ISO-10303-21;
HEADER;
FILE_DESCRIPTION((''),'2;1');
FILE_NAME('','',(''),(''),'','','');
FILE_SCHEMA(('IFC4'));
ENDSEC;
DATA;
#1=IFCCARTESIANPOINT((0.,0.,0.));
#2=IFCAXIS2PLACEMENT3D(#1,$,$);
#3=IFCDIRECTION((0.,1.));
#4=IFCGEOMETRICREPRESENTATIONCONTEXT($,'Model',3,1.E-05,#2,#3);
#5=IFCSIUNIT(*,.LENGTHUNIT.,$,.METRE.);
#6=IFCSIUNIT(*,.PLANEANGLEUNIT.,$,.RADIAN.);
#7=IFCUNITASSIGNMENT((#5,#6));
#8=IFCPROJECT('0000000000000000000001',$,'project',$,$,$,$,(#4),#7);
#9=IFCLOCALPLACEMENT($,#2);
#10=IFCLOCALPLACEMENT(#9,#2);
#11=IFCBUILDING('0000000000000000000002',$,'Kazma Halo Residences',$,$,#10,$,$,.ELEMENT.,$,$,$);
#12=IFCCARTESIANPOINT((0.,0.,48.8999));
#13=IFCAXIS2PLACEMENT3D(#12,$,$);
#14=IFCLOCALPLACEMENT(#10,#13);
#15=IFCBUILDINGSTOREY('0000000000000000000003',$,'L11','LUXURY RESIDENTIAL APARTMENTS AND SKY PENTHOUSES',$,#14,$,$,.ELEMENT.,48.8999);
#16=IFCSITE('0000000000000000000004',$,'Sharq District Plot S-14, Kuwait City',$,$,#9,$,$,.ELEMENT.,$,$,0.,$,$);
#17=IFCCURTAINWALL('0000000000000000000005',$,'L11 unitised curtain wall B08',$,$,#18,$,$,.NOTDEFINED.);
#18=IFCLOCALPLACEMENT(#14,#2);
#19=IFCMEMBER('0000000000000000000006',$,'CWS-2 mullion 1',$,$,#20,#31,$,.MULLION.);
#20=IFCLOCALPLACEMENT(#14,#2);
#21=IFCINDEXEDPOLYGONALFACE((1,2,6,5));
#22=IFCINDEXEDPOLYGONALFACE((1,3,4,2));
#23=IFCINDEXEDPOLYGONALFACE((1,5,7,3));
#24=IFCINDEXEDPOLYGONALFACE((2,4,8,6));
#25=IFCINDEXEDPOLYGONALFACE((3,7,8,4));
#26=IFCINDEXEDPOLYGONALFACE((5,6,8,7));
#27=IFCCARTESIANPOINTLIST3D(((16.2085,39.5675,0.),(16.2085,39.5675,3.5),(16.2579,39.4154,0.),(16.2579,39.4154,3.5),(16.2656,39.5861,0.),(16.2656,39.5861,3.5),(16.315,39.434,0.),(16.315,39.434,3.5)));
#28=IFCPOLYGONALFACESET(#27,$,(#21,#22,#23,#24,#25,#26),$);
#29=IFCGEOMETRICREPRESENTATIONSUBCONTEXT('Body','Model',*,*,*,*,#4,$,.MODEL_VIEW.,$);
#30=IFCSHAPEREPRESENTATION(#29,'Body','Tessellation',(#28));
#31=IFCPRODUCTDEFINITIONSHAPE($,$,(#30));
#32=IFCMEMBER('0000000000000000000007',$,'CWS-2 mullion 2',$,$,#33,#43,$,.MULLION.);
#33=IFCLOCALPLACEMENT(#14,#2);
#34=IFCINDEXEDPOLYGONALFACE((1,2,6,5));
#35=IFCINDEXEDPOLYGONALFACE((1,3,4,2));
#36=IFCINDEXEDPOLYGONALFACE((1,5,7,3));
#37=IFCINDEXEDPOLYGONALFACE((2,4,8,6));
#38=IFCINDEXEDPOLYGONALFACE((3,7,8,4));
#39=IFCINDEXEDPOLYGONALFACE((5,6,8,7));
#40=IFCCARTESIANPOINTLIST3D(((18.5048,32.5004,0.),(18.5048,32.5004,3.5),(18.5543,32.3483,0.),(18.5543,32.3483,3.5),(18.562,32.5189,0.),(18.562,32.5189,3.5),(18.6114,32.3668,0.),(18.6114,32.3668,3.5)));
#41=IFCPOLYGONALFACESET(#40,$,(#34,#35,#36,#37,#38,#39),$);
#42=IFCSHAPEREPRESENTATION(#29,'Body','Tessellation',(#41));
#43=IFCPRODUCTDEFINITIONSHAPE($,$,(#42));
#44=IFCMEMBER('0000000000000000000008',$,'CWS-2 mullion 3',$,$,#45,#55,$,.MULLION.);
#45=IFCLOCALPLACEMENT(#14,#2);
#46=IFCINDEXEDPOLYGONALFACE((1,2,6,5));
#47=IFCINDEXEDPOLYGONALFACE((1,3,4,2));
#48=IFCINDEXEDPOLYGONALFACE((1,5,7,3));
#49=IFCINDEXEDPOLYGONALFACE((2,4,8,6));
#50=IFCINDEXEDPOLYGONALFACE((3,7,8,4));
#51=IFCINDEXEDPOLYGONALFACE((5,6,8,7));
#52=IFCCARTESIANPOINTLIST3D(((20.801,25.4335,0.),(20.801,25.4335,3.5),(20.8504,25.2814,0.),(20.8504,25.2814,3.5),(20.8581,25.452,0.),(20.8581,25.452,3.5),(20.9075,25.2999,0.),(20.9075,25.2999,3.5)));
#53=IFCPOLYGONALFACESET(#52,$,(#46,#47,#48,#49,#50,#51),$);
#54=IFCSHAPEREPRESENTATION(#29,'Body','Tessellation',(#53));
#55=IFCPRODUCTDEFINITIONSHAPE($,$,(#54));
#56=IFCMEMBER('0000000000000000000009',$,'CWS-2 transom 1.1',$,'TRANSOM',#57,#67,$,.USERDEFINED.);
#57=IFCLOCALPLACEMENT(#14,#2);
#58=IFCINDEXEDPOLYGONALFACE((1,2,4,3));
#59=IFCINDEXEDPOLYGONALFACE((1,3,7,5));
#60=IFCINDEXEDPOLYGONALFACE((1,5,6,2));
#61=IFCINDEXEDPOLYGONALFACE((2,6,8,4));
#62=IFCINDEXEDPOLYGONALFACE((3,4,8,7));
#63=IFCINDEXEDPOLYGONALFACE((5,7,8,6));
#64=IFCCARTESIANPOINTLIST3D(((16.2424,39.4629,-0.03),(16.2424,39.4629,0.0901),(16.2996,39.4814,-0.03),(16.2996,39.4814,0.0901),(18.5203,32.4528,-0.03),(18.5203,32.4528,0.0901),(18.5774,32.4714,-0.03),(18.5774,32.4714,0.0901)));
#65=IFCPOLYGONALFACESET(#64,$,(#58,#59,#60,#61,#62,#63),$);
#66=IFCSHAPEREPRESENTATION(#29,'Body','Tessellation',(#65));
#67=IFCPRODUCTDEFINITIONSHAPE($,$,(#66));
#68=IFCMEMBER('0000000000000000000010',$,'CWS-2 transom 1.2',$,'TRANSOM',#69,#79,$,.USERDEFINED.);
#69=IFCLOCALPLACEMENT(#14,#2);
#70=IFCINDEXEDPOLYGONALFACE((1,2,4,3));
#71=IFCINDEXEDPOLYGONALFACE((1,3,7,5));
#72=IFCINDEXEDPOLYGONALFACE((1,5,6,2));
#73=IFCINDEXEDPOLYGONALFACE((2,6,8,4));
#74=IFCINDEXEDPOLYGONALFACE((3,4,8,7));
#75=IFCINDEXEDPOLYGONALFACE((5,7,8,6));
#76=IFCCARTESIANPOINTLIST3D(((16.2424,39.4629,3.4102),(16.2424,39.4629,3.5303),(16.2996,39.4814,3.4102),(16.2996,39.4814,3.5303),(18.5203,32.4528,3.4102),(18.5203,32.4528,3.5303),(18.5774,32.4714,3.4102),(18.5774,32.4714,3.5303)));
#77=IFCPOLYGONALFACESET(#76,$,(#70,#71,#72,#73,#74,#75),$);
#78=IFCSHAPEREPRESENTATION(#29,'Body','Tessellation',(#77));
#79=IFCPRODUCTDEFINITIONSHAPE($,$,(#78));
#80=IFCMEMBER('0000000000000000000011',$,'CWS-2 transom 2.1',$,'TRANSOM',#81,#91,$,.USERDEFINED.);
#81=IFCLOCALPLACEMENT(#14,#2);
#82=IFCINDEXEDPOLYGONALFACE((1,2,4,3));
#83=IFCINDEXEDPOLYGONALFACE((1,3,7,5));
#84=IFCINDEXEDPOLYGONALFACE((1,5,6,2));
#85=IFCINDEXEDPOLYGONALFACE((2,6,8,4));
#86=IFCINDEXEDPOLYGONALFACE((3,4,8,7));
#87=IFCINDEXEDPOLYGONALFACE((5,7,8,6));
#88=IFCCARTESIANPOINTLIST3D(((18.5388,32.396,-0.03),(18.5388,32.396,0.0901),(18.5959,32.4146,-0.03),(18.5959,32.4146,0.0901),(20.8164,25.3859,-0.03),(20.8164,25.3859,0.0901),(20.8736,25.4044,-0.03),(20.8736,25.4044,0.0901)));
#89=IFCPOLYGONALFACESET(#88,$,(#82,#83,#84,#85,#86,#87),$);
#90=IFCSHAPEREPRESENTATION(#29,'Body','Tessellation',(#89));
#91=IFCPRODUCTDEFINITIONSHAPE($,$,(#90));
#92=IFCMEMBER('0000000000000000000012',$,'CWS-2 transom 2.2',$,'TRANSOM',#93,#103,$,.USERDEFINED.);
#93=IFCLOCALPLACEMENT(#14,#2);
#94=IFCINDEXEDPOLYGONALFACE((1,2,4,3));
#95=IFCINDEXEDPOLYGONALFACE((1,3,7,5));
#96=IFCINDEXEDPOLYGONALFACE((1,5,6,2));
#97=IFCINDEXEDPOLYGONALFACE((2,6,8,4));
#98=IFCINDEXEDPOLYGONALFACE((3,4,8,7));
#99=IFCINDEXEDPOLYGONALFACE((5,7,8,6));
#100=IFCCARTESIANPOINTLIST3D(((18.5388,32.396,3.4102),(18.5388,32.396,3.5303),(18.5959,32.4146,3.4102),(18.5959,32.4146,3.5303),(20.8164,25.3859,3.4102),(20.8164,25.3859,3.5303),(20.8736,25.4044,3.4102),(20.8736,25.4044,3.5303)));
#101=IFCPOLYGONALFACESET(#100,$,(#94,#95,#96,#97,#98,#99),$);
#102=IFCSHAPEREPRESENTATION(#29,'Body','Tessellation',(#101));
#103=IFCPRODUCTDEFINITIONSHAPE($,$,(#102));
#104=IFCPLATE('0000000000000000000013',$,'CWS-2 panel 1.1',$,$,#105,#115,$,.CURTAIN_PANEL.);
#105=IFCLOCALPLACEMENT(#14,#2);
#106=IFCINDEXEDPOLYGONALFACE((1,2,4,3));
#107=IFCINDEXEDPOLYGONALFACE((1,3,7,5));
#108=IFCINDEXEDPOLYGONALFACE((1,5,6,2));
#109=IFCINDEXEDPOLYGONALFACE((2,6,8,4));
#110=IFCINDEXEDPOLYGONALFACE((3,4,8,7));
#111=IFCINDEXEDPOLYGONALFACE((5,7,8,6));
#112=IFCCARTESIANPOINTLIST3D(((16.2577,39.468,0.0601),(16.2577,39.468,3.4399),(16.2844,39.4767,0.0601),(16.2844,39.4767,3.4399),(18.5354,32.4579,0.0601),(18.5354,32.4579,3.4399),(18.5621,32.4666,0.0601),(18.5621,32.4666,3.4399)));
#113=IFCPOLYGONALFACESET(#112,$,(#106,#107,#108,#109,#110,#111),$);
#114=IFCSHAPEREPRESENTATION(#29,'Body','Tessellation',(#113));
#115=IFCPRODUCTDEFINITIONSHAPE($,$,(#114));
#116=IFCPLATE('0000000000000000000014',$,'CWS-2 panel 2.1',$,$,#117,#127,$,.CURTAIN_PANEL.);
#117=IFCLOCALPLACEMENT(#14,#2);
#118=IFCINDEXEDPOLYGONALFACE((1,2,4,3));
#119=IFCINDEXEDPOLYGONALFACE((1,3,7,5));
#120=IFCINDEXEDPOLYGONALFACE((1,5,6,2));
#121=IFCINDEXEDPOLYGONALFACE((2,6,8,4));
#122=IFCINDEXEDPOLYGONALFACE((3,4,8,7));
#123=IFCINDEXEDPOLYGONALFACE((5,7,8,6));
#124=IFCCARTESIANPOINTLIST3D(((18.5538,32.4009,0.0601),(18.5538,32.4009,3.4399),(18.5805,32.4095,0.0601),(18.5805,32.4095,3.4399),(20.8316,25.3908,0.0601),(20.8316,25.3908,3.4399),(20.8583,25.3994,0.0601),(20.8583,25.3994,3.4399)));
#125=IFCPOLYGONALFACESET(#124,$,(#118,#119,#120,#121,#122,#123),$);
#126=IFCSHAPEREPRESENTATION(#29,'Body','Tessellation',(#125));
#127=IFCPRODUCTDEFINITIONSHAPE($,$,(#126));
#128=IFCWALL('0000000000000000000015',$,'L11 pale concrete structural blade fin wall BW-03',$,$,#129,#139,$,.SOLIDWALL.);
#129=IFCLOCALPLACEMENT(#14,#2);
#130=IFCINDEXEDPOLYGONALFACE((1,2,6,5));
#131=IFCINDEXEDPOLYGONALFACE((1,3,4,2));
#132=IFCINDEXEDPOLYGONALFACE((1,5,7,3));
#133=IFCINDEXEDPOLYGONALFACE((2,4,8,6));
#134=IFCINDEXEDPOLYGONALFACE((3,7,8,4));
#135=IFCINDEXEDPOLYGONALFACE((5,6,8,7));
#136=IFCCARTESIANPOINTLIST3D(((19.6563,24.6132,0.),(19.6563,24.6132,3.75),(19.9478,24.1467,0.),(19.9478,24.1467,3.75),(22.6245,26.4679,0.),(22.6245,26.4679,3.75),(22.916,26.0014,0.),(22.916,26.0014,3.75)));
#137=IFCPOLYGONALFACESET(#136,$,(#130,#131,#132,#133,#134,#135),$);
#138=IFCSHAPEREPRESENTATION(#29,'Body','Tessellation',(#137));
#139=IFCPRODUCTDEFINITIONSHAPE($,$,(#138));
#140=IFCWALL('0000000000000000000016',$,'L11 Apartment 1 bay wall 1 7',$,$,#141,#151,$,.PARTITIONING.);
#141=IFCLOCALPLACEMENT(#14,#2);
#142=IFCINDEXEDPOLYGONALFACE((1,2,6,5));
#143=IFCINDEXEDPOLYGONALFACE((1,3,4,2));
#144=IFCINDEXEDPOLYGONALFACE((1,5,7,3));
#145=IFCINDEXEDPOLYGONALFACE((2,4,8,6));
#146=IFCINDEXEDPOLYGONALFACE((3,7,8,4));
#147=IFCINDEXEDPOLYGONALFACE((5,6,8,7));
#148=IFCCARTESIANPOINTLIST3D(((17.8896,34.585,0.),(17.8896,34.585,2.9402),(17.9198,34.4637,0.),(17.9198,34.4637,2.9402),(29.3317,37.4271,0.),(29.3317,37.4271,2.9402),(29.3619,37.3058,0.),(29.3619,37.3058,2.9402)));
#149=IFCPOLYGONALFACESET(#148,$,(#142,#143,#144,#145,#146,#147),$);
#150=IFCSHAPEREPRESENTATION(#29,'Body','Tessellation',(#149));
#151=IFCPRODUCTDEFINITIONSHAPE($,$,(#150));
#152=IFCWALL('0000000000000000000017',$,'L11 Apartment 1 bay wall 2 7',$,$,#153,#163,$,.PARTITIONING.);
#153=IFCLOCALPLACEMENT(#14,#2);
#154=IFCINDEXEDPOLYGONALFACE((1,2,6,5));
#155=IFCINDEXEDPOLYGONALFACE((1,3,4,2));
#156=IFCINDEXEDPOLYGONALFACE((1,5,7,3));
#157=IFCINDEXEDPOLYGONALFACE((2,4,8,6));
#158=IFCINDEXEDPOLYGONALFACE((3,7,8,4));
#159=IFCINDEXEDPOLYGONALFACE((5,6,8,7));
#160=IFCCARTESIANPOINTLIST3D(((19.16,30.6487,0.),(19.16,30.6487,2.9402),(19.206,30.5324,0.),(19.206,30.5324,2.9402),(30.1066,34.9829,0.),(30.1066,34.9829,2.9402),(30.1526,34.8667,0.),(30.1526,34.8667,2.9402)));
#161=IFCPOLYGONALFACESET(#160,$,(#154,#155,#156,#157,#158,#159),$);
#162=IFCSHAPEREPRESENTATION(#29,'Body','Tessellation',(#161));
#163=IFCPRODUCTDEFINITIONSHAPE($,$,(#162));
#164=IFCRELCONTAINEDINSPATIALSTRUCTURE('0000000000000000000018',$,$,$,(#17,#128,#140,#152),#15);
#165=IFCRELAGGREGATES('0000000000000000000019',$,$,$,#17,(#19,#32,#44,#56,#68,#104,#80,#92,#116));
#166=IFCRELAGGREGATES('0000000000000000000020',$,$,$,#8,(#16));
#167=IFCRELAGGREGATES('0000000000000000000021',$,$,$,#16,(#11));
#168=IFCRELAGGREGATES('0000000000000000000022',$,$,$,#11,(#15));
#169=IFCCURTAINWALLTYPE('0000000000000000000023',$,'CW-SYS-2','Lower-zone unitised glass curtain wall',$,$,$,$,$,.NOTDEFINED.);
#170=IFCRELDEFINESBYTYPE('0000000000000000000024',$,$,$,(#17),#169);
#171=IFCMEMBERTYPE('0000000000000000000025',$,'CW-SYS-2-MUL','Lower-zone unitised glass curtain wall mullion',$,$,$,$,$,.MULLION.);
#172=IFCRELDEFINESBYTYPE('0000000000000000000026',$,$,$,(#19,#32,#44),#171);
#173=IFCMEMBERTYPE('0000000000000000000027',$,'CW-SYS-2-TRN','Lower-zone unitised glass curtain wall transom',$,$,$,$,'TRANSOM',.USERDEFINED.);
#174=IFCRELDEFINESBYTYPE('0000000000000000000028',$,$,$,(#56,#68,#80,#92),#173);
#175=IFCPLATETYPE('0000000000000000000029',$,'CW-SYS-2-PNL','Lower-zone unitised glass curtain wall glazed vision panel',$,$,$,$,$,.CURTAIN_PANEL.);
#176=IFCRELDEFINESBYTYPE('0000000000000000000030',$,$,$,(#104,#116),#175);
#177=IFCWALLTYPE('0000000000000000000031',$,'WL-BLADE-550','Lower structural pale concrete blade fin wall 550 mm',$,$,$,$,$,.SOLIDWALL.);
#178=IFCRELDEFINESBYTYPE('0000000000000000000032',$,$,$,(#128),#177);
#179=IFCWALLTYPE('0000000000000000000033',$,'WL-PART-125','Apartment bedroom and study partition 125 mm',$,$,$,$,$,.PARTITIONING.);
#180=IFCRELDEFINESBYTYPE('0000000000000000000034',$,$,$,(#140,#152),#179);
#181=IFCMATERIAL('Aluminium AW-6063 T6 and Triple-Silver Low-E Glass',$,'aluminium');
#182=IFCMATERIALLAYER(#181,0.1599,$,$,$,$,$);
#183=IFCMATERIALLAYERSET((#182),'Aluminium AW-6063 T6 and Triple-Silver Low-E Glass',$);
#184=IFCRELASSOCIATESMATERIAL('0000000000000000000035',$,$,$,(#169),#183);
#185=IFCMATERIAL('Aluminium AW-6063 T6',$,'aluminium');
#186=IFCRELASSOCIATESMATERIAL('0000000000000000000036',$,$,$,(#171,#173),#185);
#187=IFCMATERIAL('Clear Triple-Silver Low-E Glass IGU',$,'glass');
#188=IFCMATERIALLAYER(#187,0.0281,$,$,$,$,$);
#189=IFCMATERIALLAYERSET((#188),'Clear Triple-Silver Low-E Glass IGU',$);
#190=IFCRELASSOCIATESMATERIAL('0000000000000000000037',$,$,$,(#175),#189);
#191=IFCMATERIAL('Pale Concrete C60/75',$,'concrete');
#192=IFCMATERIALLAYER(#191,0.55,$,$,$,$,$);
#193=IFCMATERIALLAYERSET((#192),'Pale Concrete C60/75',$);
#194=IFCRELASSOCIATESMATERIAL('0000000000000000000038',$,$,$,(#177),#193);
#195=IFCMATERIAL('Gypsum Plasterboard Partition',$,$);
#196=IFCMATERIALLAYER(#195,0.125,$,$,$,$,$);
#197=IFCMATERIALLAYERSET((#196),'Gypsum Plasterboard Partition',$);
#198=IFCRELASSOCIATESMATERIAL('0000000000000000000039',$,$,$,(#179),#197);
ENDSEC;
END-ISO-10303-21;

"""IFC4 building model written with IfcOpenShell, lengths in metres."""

from ifc_helpers import new_model, si_unit, direction, frame, frame_2d, origin, origin_2d, place, context, subcontext, project, spatial, rectangle, extrude, material, layer, layer_set, material_profile, profile_set, type_object, element, aggregate, save


model = new_model("IFC4")

# Units and contexts
model_context = context("Model", 3, precision=1e-05, world=origin(), true_north=direction((0.0, 1.0)))
body_context = subcontext(model_context, "Body", "Model", "MODEL_VIEW")
ifc_project = project(units=[si_unit("LENGTHUNIT", "METRE"), si_unit("PLANEANGLEUNIT", "RADIAN")], contexts=[model_context])

# Site, building, storey
site_placement = place(None, origin())
site = spatial("IfcSite", under=ifc_project, at=site_placement, Name="Sharq District Plot S-14, Kuwait City", CompositionType="ELEMENT", RefElevation=0.0)
building_placement = place(site_placement, origin())
building = spatial("IfcBuilding", under=site, at=building_placement, Name="Kazma Halo Residences", CompositionType="ELEMENT")
storey_placement = place(building_placement, frame((0.0, 0.0, 48.8999)))
storey = spatial("IfcBuildingStorey", under=building, at=storey_placement, Name="L11", Description="LUXURY RESIDENTIAL APARTMENTS AND SKY PENTHOUSES", CompositionType="ELEMENT", Elevation=48.8999)

# Curtain wall, members, plates
ifc_material_1 = material(Name="Aluminium AW-6063 T6 and Triple-Silver Low-E Glass", Category="aluminium")
ifc_layer_1 = layer(ifc_material_1, 0.1599)
ifc_layer_set_1 = layer_set([ifc_layer_1], Name="Aluminium AW-6063 T6 and Triple-Silver Low-E Glass")
curtain_wall_type = type_object("IfcCurtainWallType", Name="CW-SYS-2", Description="Lower-zone unitised glass curtain wall", PredefinedType="NOTDEFINED", material=ifc_layer_set_1)
curtain_wall_placement = place(storey_placement, origin())
curtain_wall = element("IfcCurtainWall", 1, at=curtain_wall_placement, inside=storey, type_object=curtain_wall_type, Name="L11 unitised curtain wall B08", PredefinedType="NOTDEFINED")
ifc_material_2 = material(Name="Aluminium AW-6063 T6", Category="aluminium")
ifc_material_profile_1 = material_profile(ifc_material_2, rectangle(XDim=0.0601, YDim=0.1599, at=origin_2d()), Name="CWM-60x160")
ifc_profile_set_1 = profile_set([ifc_material_profile_1], Name="Aluminium AW-6063 T6")
member_type_1 = type_object("IfcMemberType", Name="CW-SYS-2-MUL", Description="Lower-zone unitised glass curtain wall mullion", PredefinedType="MULLION", material=ifc_profile_set_1)
member_1_placement = place(storey_placement, frame((16.2617, 39.5007, 0.0), z_axis=(0.0, 0.0, 1.0), x_axis=(0.951057, 0.309017, 0.0)))
member_1 = element("IfcMember", 2, at=member_1_placement, type_object=member_type_1, Name="CWS-2 mullion 1", PredefinedType="MULLION", context=body_context, shape_type="SweptSolid", body=[
    extrude(rectangle(XDim=0.0601, YDim=0.1599, at=origin_2d()), origin(), (0.0, 0.0, 1.0), 3.5),
])
member_2_placement = place(storey_placement, frame((18.5581, 32.4336, 0.0), z_axis=(0.0, 0.0, 1.0), x_axis=(0.951057, 0.309017, 0.0)))
member_2 = element("IfcMember", 3, at=member_2_placement, type_object=member_type_1, Name="CWS-2 mullion 2", PredefinedType="MULLION", context=body_context, shape_type="SweptSolid", body=[
    extrude(rectangle(XDim=0.0601, YDim=0.1599, at=origin_2d()), origin(), (0.0, 0.0, 1.0), 3.5),
])
member_3_placement = place(storey_placement, frame((20.8542, 25.3667, 0.0), z_axis=(0.0, 0.0, 1.0), x_axis=(0.951057, 0.309017, 0.0)))
member_3 = element("IfcMember", 4, at=member_3_placement, type_object=member_type_1, Name="CWS-2 mullion 3", PredefinedType="MULLION", context=body_context, shape_type="SweptSolid", body=[
    extrude(rectangle(XDim=0.0601, YDim=0.1599, at=origin_2d()), origin(), (0.0, 0.0, 1.0), 3.5),
])
ifc_material_profile_2 = material_profile(ifc_material_2, rectangle(XDim=0.0601, YDim=0.1201, at=origin_2d()), Name="CWT-60x120")
ifc_profile_set_2 = profile_set([ifc_material_profile_2], Name="Aluminium AW-6063 T6")
member_type_2 = type_object("IfcMemberType", Name="CW-SYS-2-TRN", Description="Lower-zone unitised glass curtain wall transom", ElementType="TRANSOM", PredefinedType="USERDEFINED", material=ifc_profile_set_2)
member_4_placement = place(storey_placement, frame((16.271, 39.4722, 0.03), z_axis=(0.309034, -0.951051, 0.0), x_axis=(0.951051, 0.309034, 0.0)))
member_4 = element("IfcMember", 5, at=member_4_placement, type_object=member_type_2, Name="CWS-2 transom 1.1", ObjectType="TRANSOM", PredefinedType="USERDEFINED", context=body_context, shape_type="SweptSolid", body=[
    extrude(rectangle(XDim=0.0601, YDim=0.1201, at=origin_2d()), origin(), (0.0, 0.0, 1.0), 7.3708),
])
member_5_placement = place(storey_placement, frame((16.271, 39.4722, 3.4702), z_axis=(0.309034, -0.951051, 0.0), x_axis=(0.951051, 0.309034, 0.0)))
member_5 = element("IfcMember", 6, at=member_5_placement, type_object=member_type_2, Name="CWS-2 transom 1.2", ObjectType="TRANSOM", PredefinedType="USERDEFINED", context=body_context, shape_type="SweptSolid", body=[
    extrude(rectangle(XDim=0.0601, YDim=0.1201, at=origin_2d()), origin(), (0.0, 0.0, 1.0), 7.3708),
])
member_6_placement = place(storey_placement, frame((18.5674, 32.4053, 0.03), z_axis=(0.309004, -0.951061, 0.0), x_axis=(0.951061, 0.309004, 0.0)))
member_6 = element("IfcMember", 7, at=member_6_placement, type_object=member_type_2, Name="CWS-2 transom 2.1", ObjectType="TRANSOM", PredefinedType="USERDEFINED", context=body_context, shape_type="SweptSolid", body=[
    extrude(rectangle(XDim=0.0601, YDim=0.1201, at=origin_2d()), origin(), (0.0, 0.0, 1.0), 7.3708),
])
member_7_placement = place(storey_placement, frame((18.5674, 32.4053, 3.4702), z_axis=(0.309004, -0.951061, 0.0), x_axis=(0.951061, 0.309004, 0.0)))
member_7 = element("IfcMember", 8, at=member_7_placement, type_object=member_type_2, Name="CWS-2 transom 2.2", ObjectType="TRANSOM", PredefinedType="USERDEFINED", context=body_context, shape_type="SweptSolid", body=[
    extrude(rectangle(XDim=0.0601, YDim=0.1201, at=origin_2d()), origin(), (0.0, 0.0, 1.0), 7.3708),
])
ifc_material_3 = material(Name="Clear Triple-Silver Low-E Glass IGU", Category="glass")
ifc_layer_2 = layer(ifc_material_3, 0.0281)
ifc_layer_set_2 = layer_set([ifc_layer_2], Name="Clear Triple-Silver Low-E Glass IGU")
plate_type = type_object("IfcPlateType", Name="CW-SYS-2-PNL", Description="Lower-zone unitised glass curtain wall glazed vision panel", PredefinedType="CURTAIN_PANEL", material=ifc_layer_set_2)
plate_1_placement = place(storey_placement, frame((17.4099, 35.9673, 0.0601), z_axis=(0.0, 0.0, 1.0), x_axis=(0.309017, -0.951057, 0.0)))
plate_1 = element("IfcPlate", 9, at=plate_1_placement, type_object=plate_type, Name="CWS-2 panel 1.1", PredefinedType="CURTAIN_PANEL", context=body_context, shape_type="SweptSolid", body=[
    extrude(rectangle(XDim=7.3708, YDim=0.0281, at=origin_2d()), origin(), (0.0, 0.0, 1.0), 3.3799),
])
plate_2_placement = place(storey_placement, frame((19.7061, 28.9001, 0.0601), z_axis=(0.0, 0.0, 1.0), x_axis=(0.309017, -0.951057, 0.0)))
plate_2 = element("IfcPlate", 10, at=plate_2_placement, type_object=plate_type, Name="CWS-2 panel 2.1", PredefinedType="CURTAIN_PANEL", context=body_context, shape_type="SweptSolid", body=[
    extrude(rectangle(XDim=7.3708, YDim=0.0281, at=origin_2d()), origin(), (0.0, 0.0, 1.0), 3.3799),
])
aggregate(curtain_wall, [member_1, member_2, member_3, member_4, member_5, plate_1, member_6, member_7, plate_2])

# Walls
ifc_material_4 = material(Name="Pale Concrete C60/75", Category="concrete")
ifc_layer_3 = layer(ifc_material_4, 0.55)
ifc_layer_set_3 = layer_set([ifc_layer_3], Name="Pale Concrete C60/75")
wall_type_1 = type_object("IfcWallType", Name="WL-BLADE-550", Description="Lower structural pale concrete blade fin wall 550 mm", PredefinedType="SOLIDWALL", material=ifc_layer_set_3)
wall_1_placement = place(storey_placement, frame((22.7703, 26.2346, 0.0), z_axis=(0.0, 0.0, 1.0), x_axis=(-0.848053, -0.529911, 0.0)))
element("IfcWall", 11, at=wall_1_placement, inside=storey, type_object=wall_type_1, Name="L11 pale concrete structural blade fin wall BW-03", PredefinedType="SOLIDWALL", context=body_context, shape_type="SweptSolid", body=[
    extrude(rectangle(XDim=3.5, YDim=0.55, at=frame_2d((1.75, 0.0))), origin(), (0.0, 0.0, 1.0), 3.75),
])
ifc_material_5 = material(Name="Gypsum Plasterboard Partition")
ifc_layer_4 = layer(ifc_material_5, 0.125)
ifc_layer_set_4 = layer_set([ifc_layer_4], Name="Gypsum Plasterboard Partition")
wall_type_2 = type_object("IfcWallType", Name="WL-PART-125", Description="Apartment bedroom and study partition 125 mm", PredefinedType="PARTITIONING", material=ifc_layer_set_4)
wall_2_placement = place(storey_placement, frame((29.3469, 37.3665, 0.0), z_axis=(0.0, 0.0, 1.0), x_axis=(-0.97051, -0.241059, 0.0)))
element("IfcWall", 12, at=wall_2_placement, inside=storey, type_object=wall_type_2, Name="L11 Apartment 1 bay wall 1 7", PredefinedType="PARTITIONING", context=body_context, shape_type="SweptSolid", body=[
    extrude(rectangle(XDim=11.7898, YDim=0.125, at=frame_2d((5.895, 0.0))), origin(), (0.0, 0.0, 1.0), 2.9402),
])
wall_3_placement = place(storey_placement, frame((30.1296, 34.9248, 0.0), z_axis=(0.0, 0.0, 1.0), x_axis=(-0.929771, -0.368138, 0.0)))
element("IfcWall", 13, at=wall_3_placement, inside=storey, type_object=wall_type_2, Name="L11 Apartment 1 bay wall 2 7", PredefinedType="PARTITIONING", context=body_context, shape_type="SweptSolid", body=[
    extrude(rectangle(XDim=11.7734, YDim=0.125, at=frame_2d((5.8867, 0.0))), origin(), (0.0, 0.0, 1.0), 2.9402),
])

save(model, "model.ifc")
